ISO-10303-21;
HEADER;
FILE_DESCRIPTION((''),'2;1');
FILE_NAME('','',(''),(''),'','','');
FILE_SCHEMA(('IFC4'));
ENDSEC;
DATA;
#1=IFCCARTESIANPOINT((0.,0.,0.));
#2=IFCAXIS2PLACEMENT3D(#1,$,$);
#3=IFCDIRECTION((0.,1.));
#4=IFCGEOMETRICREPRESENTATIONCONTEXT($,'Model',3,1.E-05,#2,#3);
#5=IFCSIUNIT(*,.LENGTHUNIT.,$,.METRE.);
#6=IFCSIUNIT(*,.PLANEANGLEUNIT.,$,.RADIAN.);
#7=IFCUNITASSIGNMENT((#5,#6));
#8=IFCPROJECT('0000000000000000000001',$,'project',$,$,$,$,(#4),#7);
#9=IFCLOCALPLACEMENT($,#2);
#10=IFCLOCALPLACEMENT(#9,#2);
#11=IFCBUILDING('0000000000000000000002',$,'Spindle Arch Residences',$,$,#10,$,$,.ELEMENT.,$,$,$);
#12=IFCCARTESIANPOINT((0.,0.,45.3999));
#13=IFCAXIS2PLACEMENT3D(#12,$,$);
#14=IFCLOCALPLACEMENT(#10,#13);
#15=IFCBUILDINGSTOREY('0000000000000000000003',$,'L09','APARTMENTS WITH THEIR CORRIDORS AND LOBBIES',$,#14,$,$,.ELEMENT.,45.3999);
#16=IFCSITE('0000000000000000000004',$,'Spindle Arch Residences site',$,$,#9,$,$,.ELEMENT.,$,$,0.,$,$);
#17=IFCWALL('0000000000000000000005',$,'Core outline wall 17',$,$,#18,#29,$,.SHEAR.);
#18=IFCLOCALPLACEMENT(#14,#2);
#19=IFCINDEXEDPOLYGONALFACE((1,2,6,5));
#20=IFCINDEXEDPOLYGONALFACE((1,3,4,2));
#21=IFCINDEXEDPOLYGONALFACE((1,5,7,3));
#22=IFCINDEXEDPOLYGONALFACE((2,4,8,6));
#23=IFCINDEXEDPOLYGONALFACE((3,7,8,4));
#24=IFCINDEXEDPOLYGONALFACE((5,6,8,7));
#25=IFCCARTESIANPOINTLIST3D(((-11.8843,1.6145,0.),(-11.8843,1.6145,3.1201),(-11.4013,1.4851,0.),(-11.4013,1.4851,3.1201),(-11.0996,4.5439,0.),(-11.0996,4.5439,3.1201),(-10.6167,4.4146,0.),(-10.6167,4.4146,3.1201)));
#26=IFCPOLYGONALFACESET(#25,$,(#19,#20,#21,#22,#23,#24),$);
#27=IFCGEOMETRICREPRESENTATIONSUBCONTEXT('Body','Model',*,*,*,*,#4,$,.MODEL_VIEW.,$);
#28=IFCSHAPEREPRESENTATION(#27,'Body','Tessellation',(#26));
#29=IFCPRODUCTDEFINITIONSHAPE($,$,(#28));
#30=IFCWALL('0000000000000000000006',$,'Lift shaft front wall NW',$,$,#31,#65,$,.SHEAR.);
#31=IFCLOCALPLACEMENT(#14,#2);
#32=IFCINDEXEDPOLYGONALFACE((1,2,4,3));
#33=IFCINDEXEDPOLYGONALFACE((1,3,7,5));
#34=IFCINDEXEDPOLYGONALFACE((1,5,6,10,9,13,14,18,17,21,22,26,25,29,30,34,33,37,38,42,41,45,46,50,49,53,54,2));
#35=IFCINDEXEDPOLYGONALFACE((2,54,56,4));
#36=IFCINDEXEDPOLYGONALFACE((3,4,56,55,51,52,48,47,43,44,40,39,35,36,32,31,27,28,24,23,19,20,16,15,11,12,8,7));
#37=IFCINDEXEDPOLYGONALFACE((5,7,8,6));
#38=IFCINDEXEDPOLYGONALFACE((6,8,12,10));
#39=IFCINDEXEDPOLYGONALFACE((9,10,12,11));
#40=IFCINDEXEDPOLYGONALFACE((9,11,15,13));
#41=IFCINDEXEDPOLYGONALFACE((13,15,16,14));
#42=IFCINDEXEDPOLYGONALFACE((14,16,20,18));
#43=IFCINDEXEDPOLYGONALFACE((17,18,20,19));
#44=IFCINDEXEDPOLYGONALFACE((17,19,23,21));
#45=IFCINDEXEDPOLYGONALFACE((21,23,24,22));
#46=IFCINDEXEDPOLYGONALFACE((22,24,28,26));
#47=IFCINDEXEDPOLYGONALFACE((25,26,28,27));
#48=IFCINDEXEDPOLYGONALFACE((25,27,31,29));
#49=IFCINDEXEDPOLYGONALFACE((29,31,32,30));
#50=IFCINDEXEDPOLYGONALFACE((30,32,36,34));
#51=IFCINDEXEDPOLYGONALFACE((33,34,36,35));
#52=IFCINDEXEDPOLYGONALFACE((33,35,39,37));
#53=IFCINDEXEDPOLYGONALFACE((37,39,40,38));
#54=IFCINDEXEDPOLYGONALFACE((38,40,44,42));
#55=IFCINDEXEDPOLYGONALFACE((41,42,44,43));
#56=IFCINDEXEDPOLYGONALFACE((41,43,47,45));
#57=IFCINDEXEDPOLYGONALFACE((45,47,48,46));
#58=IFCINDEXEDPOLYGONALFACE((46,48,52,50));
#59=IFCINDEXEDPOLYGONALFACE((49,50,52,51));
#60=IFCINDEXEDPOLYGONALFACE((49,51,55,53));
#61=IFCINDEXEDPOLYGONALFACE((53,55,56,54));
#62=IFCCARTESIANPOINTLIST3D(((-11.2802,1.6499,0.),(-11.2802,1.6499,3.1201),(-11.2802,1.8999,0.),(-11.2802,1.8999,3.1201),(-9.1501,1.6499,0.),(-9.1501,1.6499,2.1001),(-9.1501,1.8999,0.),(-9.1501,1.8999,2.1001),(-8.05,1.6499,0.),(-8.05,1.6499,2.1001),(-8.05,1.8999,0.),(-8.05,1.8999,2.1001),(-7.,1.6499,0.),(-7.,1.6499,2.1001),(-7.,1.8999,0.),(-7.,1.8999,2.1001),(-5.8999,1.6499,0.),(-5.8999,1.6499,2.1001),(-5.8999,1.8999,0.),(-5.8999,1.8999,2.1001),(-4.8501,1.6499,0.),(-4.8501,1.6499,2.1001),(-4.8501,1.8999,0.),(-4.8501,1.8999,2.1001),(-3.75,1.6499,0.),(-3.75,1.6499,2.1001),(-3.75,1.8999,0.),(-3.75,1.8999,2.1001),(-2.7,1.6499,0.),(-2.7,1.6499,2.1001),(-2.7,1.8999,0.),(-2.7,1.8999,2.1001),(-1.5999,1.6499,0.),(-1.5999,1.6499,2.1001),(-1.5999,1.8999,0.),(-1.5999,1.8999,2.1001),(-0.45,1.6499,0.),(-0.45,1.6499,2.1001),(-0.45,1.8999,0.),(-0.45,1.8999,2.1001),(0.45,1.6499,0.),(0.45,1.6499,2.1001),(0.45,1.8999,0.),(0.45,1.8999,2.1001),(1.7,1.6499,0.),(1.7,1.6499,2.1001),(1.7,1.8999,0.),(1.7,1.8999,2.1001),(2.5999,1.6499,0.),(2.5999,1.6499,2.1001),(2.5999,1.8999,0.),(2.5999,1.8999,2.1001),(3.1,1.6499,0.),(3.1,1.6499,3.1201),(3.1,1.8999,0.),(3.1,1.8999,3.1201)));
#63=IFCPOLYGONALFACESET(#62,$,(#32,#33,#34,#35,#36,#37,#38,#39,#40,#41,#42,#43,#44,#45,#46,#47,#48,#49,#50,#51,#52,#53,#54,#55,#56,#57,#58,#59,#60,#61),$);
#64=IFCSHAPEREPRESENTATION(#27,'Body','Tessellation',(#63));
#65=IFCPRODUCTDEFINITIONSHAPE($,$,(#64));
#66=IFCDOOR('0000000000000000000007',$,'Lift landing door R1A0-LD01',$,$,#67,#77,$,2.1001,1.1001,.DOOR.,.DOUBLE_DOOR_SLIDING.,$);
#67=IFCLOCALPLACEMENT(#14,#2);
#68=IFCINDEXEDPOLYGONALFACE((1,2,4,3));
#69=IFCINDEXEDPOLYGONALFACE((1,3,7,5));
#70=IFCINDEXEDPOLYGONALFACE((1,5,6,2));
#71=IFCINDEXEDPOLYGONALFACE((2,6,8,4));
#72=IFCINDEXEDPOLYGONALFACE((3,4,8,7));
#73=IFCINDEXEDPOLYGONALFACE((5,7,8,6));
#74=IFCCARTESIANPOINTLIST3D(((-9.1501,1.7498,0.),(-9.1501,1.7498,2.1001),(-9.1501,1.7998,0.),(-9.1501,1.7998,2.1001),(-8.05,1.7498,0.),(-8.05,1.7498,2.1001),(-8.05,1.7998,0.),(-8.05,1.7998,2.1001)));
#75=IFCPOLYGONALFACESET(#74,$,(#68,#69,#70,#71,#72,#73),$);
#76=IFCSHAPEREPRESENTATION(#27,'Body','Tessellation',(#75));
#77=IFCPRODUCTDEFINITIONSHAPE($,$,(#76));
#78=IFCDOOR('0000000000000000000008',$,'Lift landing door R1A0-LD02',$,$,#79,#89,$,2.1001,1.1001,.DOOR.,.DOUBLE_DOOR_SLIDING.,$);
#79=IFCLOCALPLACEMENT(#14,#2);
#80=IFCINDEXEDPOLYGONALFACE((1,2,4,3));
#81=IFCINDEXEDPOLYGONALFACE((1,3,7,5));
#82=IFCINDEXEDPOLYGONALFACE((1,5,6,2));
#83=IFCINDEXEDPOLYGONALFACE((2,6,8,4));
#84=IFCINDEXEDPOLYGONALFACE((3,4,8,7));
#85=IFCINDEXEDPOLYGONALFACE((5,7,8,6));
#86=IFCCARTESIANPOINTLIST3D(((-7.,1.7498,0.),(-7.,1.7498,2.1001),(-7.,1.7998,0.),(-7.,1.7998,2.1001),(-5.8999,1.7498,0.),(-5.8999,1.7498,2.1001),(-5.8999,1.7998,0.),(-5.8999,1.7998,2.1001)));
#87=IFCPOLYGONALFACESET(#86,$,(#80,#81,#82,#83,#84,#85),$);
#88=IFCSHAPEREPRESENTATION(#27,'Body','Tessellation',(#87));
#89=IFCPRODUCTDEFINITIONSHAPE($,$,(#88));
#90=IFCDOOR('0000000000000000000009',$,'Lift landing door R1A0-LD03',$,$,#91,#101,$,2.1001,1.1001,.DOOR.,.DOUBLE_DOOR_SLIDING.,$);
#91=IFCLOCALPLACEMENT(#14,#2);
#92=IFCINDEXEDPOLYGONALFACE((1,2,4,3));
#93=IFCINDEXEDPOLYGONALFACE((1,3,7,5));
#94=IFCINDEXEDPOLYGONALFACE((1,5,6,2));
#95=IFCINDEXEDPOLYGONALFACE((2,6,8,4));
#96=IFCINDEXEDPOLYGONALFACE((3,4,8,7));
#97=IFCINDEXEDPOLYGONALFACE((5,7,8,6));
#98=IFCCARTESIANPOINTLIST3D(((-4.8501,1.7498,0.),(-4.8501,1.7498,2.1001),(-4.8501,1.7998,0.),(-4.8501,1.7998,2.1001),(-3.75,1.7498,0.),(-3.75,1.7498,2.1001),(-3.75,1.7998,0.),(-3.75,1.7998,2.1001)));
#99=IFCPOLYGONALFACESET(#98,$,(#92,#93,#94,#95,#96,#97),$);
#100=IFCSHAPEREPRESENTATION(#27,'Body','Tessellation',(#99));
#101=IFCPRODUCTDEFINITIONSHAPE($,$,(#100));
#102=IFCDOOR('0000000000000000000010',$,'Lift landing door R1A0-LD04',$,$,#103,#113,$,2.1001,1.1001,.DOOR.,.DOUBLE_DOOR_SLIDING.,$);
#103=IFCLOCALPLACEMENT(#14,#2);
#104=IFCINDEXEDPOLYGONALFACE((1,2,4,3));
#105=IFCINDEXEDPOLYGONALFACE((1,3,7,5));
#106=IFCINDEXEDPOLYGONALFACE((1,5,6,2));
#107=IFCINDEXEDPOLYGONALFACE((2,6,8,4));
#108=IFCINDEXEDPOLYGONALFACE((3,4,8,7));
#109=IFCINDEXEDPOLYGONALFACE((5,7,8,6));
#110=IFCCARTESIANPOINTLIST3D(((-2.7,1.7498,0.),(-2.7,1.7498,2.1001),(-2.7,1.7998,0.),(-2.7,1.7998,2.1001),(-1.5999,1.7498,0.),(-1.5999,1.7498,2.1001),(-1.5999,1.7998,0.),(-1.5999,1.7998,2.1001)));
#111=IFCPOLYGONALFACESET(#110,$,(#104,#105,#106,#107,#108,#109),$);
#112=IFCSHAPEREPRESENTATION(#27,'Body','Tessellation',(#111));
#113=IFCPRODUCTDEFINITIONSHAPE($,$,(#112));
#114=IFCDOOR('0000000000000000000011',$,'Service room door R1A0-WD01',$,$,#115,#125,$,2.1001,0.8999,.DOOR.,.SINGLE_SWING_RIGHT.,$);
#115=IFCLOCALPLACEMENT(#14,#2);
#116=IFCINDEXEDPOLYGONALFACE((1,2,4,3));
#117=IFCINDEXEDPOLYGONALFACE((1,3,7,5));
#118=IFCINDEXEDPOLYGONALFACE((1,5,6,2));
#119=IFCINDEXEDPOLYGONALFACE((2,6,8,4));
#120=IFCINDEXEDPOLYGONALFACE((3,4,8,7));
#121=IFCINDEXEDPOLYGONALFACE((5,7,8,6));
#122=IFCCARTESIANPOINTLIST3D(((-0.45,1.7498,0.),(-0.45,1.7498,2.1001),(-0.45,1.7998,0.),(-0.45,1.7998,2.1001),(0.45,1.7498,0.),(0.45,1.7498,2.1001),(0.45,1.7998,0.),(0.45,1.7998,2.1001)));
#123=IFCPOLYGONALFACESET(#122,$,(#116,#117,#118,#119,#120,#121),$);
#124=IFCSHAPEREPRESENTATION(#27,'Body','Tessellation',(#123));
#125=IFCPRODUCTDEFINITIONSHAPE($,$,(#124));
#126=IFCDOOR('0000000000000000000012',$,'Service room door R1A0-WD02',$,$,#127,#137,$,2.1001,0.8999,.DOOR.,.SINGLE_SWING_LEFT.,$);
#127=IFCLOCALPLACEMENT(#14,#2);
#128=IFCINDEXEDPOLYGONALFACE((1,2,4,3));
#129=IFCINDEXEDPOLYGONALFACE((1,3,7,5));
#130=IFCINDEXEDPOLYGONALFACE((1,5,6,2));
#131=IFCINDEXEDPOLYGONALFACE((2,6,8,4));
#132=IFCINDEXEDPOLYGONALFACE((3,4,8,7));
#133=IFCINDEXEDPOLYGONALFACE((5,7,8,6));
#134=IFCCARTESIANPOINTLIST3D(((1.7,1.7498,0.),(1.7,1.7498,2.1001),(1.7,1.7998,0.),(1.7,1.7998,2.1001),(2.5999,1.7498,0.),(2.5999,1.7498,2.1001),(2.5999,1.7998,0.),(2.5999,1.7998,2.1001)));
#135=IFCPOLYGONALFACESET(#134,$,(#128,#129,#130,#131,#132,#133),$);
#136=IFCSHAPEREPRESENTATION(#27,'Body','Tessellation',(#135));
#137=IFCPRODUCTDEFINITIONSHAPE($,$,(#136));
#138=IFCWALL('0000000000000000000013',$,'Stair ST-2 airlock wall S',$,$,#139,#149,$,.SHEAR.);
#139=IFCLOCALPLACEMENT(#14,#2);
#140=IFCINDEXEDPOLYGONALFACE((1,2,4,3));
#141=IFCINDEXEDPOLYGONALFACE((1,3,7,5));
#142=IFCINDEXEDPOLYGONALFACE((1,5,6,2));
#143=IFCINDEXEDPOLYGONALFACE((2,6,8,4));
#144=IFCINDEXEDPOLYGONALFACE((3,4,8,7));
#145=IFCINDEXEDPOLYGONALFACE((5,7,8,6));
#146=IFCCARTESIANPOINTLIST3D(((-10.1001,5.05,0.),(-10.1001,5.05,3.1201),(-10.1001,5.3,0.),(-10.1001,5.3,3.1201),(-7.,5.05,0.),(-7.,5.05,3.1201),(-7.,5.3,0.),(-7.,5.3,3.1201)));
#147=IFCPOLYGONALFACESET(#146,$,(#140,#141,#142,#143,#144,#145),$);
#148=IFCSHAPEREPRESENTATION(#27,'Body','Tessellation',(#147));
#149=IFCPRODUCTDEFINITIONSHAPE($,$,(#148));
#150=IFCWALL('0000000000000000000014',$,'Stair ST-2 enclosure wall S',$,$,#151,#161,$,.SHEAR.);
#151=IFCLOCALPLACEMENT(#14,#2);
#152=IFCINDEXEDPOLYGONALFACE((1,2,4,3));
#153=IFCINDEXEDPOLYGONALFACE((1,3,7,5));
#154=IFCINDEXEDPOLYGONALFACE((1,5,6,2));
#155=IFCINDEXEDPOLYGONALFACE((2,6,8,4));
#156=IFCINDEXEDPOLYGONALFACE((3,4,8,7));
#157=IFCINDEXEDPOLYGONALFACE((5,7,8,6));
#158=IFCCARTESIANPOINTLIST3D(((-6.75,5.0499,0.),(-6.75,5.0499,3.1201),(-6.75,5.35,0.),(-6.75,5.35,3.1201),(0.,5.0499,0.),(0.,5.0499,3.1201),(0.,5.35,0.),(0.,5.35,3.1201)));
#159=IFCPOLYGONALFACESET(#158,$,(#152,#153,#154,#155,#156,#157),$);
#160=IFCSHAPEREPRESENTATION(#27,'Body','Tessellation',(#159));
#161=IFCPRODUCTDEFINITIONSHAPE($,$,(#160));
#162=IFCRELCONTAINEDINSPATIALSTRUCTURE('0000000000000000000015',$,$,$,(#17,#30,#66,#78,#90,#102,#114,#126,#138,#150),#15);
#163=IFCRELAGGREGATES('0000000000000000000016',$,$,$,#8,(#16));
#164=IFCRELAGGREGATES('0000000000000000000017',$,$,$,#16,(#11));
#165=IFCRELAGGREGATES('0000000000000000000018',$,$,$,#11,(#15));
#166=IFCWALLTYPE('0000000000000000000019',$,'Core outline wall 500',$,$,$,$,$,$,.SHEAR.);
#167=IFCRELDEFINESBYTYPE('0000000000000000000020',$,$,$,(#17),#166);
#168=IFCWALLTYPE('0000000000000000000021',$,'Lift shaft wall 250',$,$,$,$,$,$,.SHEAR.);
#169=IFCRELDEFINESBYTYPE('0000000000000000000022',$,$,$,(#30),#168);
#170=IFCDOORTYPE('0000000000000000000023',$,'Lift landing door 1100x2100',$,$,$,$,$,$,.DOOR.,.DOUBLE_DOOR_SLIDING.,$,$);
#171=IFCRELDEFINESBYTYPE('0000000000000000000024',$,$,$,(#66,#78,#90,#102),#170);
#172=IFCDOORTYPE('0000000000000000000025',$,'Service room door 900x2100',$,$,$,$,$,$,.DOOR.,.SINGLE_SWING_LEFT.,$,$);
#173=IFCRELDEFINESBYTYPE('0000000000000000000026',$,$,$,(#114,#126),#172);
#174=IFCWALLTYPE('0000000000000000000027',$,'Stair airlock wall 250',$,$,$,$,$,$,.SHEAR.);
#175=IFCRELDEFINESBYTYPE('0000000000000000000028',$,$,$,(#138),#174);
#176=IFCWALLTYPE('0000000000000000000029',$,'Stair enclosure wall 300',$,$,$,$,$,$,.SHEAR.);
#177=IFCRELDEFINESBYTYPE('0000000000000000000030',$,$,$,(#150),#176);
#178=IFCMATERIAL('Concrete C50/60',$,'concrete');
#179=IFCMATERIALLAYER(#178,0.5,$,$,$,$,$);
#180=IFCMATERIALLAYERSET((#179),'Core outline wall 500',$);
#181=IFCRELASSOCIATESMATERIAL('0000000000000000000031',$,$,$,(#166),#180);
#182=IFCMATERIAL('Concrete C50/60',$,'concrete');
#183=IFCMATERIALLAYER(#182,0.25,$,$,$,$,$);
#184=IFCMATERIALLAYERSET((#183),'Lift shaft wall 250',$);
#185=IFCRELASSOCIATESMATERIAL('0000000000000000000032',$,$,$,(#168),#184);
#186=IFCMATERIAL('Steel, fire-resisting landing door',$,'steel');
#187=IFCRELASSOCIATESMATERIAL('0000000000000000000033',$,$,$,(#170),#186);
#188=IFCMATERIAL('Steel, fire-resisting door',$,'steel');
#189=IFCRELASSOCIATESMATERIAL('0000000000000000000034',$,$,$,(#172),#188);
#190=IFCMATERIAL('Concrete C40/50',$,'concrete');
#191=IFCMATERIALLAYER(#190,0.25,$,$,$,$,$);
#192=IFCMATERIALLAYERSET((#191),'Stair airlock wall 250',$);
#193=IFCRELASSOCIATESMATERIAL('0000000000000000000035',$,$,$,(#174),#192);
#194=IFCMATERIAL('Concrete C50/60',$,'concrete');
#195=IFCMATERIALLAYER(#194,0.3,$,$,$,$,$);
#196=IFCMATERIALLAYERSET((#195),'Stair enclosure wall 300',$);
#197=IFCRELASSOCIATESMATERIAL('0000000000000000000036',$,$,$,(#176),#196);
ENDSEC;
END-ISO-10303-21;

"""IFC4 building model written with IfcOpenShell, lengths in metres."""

from ifc_helpers import new_model, si_unit, direction, frame, frame_2d, origin, place, context, subcontext, project, spatial, rectangle, extrude, material, layer, layer_set, type_object, element, fill, save


model = new_model("IFC4")

# Units and contexts
model_context = context("Model", 3, precision=1e-05, world=origin(), true_north=direction((0.0, 1.0)))
body_context = subcontext(model_context, "Body", "Model", "MODEL_VIEW")
ifc_project = project(units=[si_unit("LENGTHUNIT", "METRE"), si_unit("PLANEANGLEUNIT", "RADIAN")], contexts=[model_context])

# Site, building, storey
site_placement = place(None, origin())
site = spatial("IfcSite", under=ifc_project, at=site_placement, Name="Spindle Arch Residences site", CompositionType="ELEMENT", RefElevation=0.0)
building_placement = place(site_placement, origin())
building = spatial("IfcBuilding", under=site, at=building_placement, Name="Spindle Arch Residences", CompositionType="ELEMENT")
storey_placement = place(building_placement, frame((0.0, 0.0, 45.3999)))
storey = spatial("IfcBuildingStorey", under=building, at=storey_placement, Name="L09", Description="APARTMENTS WITH THEIR CORRIDORS AND LOBBIES", CompositionType="ELEMENT", Elevation=45.3999)

# Wall
ifc_material_1 = material(Name="Concrete C50/60", Category="concrete")
ifc_layer_1 = layer(ifc_material_1, 0.5)
ifc_layer_set_1 = layer_set([ifc_layer_1], Name="Core outline wall 500")
wall_type_1 = type_object("IfcWallType", Name="Core outline wall 500", PredefinedType="SHEAR", material=ifc_layer_set_1)
wall_1_placement = place(storey_placement, frame((-10.8582, 4.4792, 0.0), z_axis=(0.0, 0.0, 1.0), x_axis=(-0.258735, -0.965948, 0.0)))
element("IfcWall", 1, at=wall_1_placement, inside=storey, type_object=wall_type_1, Name="Core outline wall 17", PredefinedType="SHEAR", context=body_context, shape_type="SweptSolid", body=[
    extrude(rectangle(XDim=3.0327, YDim=0.5, at=frame_2d((1.5164, 0.0))), origin(), (0.0, 0.0, 1.0), 3.1201),
])

# Wall, openings, doors
ifc_material_2 = material(Name="Concrete C50/60", Category="concrete")
ifc_layer_2 = layer(ifc_material_2, 0.25)
ifc_layer_set_2 = layer_set([ifc_layer_2], Name="Lift shaft wall 250")
wall_type_2 = type_object("IfcWallType", Name="Lift shaft wall 250", PredefinedType="SHEAR", material=ifc_layer_set_2)
wall_2_placement = place(storey_placement, frame((-11.28, 1.7749, 0.0), z_axis=(0.0, 0.0, 1.0), x_axis=(1.0, 0.0, 0.0)))
wall_2 = element("IfcWall", 2, at=wall_2_placement, inside=storey, type_object=wall_type_2, Name="Lift shaft front wall NW", PredefinedType="SHEAR", context=body_context, shape_type="SweptSolid", body=[
    extrude(rectangle(XDim=14.3801, YDim=0.25, at=frame_2d((7.1899, 0.0))), origin(), (0.0, 0.0, 1.0), 3.1201),
])
opening_1_placement = place(wall_2_placement, frame((2.1299, 0.0, 0.0)))
opening_1 = element("IfcOpeningElement", 3, at=opening_1_placement, cuts=wall_2, PredefinedType="OPENING", context=body_context, shape_type="SweptSolid", body=[
    extrude(rectangle(XDim=1.1001, YDim=2.1001, at=frame_2d((0.55, 1.05))), frame((0.0, 0.135, 0.0), z_axis=(0.0, -1.0, 0.0), x_axis=(1.0, 0.0, 0.0)), (0.0, 0.0, 1.0), 0.27),
])
opening_2_placement = place(wall_2_placement, frame((4.28, 0.0, 0.0)))
opening_2 = element("IfcOpeningElement", 4, at=opening_2_placement, cuts=wall_2, PredefinedType="OPENING", context=body_context, shape_type="SweptSolid", body=[
    extrude(rectangle(XDim=1.1001, YDim=2.1001, at=frame_2d((0.55, 1.05))), frame((0.0, 0.135, 0.0), z_axis=(0.0, -1.0, 0.0), x_axis=(1.0, 0.0, 0.0)), (0.0, 0.0, 1.0), 0.27),
])
opening_3_placement = place(wall_2_placement, frame((6.4299, 0.0, 0.0)))
opening_3 = element("IfcOpeningElement", 5, at=opening_3_placement, cuts=wall_2, PredefinedType="OPENING", context=body_context, shape_type="SweptSolid", body=[
    extrude(rectangle(XDim=1.1001, YDim=2.1001, at=frame_2d((0.55, 1.05))), frame((0.0, 0.135, 0.0), z_axis=(0.0, -1.0, 0.0), x_axis=(1.0, 0.0, 0.0)), (0.0, 0.0, 1.0), 0.27),
])
opening_4_placement = place(wall_2_placement, frame((8.5801, 0.0, 0.0)))
opening_4 = element("IfcOpeningElement", 6, at=opening_4_placement, cuts=wall_2, PredefinedType="OPENING", context=body_context, shape_type="SweptSolid", body=[
    extrude(rectangle(XDim=1.1001, YDim=2.1001, at=frame_2d((0.55, 1.05))), frame((0.0, 0.135, 0.0), z_axis=(0.0, -1.0, 0.0), x_axis=(1.0, 0.0, 0.0)), (0.0, 0.0, 1.0), 0.27),
])
opening_5_placement = place(wall_2_placement, frame((10.8301, 0.0, 0.0)))
opening_5 = element("IfcOpeningElement", 7, at=opening_5_placement, cuts=wall_2, PredefinedType="OPENING", context=body_context, shape_type="SweptSolid", body=[
    extrude(rectangle(XDim=0.8999, YDim=2.1001, at=frame_2d((0.45, 1.05))), frame((0.0, 0.135, 0.0), z_axis=(0.0, -1.0, 0.0), x_axis=(1.0, 0.0, 0.0)), (0.0, 0.0, 1.0), 0.27),
])
opening_6_placement = place(wall_2_placement, frame((12.98, 0.0, 0.0)))
opening_6 = element("IfcOpeningElement", 8, at=opening_6_placement, cuts=wall_2, PredefinedType="OPENING", context=body_context, shape_type="SweptSolid", body=[
    extrude(rectangle(XDim=0.8999, YDim=2.1001, at=frame_2d((0.45, 1.05))), frame((0.0, 0.135, 0.0), z_axis=(0.0, -1.0, 0.0), x_axis=(1.0, 0.0, 0.0)), (0.0, 0.0, 1.0), 0.27),
])
ifc_material_3 = material(Name="Steel, fire-resisting landing door", Category="steel")
door_type_1 = type_object("IfcDoorType", Name="Lift landing door 1100x2100", OperationType="DOUBLE_DOOR_SLIDING", PredefinedType="DOOR", material=ifc_material_3)
door_1_placement = place(opening_1_placement, origin())
door_1 = element("IfcDoor", 9, at=door_1_placement, inside=storey, type_object=door_type_1, Name="Lift landing door R1A0-LD01", OperationType="DOUBLE_DOOR_SLIDING", OverallHeight=2.1001, OverallWidth=1.1001, PredefinedType="DOOR", context=body_context, shape_type="SweptSolid", body=[
    extrude(rectangle(XDim=1.1001, YDim=2.1001, at=frame_2d((0.55, 1.05))), frame((0.0, 0.0249, 0.0), z_axis=(0.0, -1.0, 0.0), x_axis=(1.0, 0.0, 0.0)), (0.0, 0.0, 1.0), 0.05),
])
fill(opening_1, door_1)
door_2_placement = place(opening_2_placement, origin())
door_2 = element("IfcDoor", 10, at=door_2_placement, inside=storey, type_object=door_type_1, Name="Lift landing door R1A0-LD02", OperationType="DOUBLE_DOOR_SLIDING", OverallHeight=2.1001, OverallWidth=1.1001, PredefinedType="DOOR", context=body_context, shape_type="SweptSolid", body=[
    extrude(rectangle(XDim=1.1001, YDim=2.1001, at=frame_2d((0.55, 1.05))), frame((0.0, 0.0249, 0.0), z_axis=(0.0, -1.0, 0.0), x_axis=(1.0, 0.0, 0.0)), (0.0, 0.0, 1.0), 0.05),
])
fill(opening_2, door_2)
door_3_placement = place(opening_3_placement, origin())
door_3 = element("IfcDoor", 11, at=door_3_placement, inside=storey, type_object=door_type_1, Name="Lift landing door R1A0-LD03", OperationType="DOUBLE_DOOR_SLIDING", OverallHeight=2.1001, OverallWidth=1.1001, PredefinedType="DOOR", context=body_context, shape_type="SweptSolid", body=[
    extrude(rectangle(XDim=1.1001, YDim=2.1001, at=frame_2d((0.55, 1.05))), frame((0.0, 0.0249, 0.0), z_axis=(0.0, -1.0, 0.0), x_axis=(1.0, 0.0, 0.0)), (0.0, 0.0, 1.0), 0.05),
])
fill(opening_3, door_3)
door_4_placement = place(opening_4_placement, origin())
door_4 = element("IfcDoor", 12, at=door_4_placement, inside=storey, type_object=door_type_1, Name="Lift landing door R1A0-LD04", OperationType="DOUBLE_DOOR_SLIDING", OverallHeight=2.1001, OverallWidth=1.1001, PredefinedType="DOOR", context=body_context, shape_type="SweptSolid", body=[
    extrude(rectangle(XDim=1.1001, YDim=2.1001, at=frame_2d((0.55, 1.05))), frame((0.0, 0.0249, 0.0), z_axis=(0.0, -1.0, 0.0), x_axis=(1.0, 0.0, 0.0)), (0.0, 0.0, 1.0), 0.05),
])
fill(opening_4, door_4)
ifc_material_4 = material(Name="Steel, fire-resisting door", Category="steel")
door_type_2 = type_object("IfcDoorType", Name="Service room door 900x2100", OperationType="SINGLE_SWING_LEFT", PredefinedType="DOOR", material=ifc_material_4)
door_5_placement = place(opening_5_placement, origin())
door_5 = element("IfcDoor", 13, at=door_5_placement, inside=storey, type_object=door_type_2, Name="Service room door R1A0-WD01", OperationType="SINGLE_SWING_RIGHT", OverallHeight=2.1001, OverallWidth=0.8999, PredefinedType="DOOR", context=body_context, shape_type="SweptSolid", body=[
    extrude(rectangle(XDim=0.8999, YDim=2.1001, at=frame_2d((0.45, 1.05))), frame((0.0, 0.0249, 0.0), z_axis=(0.0, -1.0, 0.0), x_axis=(1.0, 0.0, 0.0)), (0.0, 0.0, 1.0), 0.05),
])
fill(opening_5, door_5)
door_6_placement = place(opening_6_placement, origin())
door_6 = element("IfcDoor", 14, at=door_6_placement, inside=storey, type_object=door_type_2, Name="Service room door R1A0-WD02", OperationType="SINGLE_SWING_LEFT", OverallHeight=2.1001, OverallWidth=0.8999, PredefinedType="DOOR", context=body_context, shape_type="SweptSolid", body=[
    extrude(rectangle(XDim=0.8999, YDim=2.1001, at=frame_2d((0.45, 1.05))), frame((0.0, 0.0249, 0.0), z_axis=(0.0, -1.0, 0.0), x_axis=(1.0, 0.0, 0.0)), (0.0, 0.0, 1.0), 0.05),
])
fill(opening_6, door_6)

# Walls
ifc_material_5 = material(Name="Concrete C40/50", Category="concrete")
ifc_layer_3 = layer(ifc_material_5, 0.25)
ifc_layer_set_3 = layer_set([ifc_layer_3], Name="Stair airlock wall 250")
wall_type_3 = type_object("IfcWallType", Name="Stair airlock wall 250", PredefinedType="SHEAR", material=ifc_layer_set_3)
wall_3_placement = place(storey_placement, frame((-7.0, 5.175, 0.0), z_axis=(0.0, 0.0, 1.0), x_axis=(-1.0, 0.0, 0.0)))
element("IfcWall", 15, at=wall_3_placement, inside=storey, type_object=wall_type_3, Name="Stair ST-2 airlock wall S", PredefinedType="SHEAR", context=body_context, shape_type="SweptSolid", body=[
    extrude(rectangle(XDim=3.1001, YDim=0.25, at=frame_2d((1.55, 0.0))), origin(), (0.0, 0.0, 1.0), 3.1201),
])
ifc_material_6 = material(Name="Concrete C50/60", Category="concrete")
ifc_layer_4 = layer(ifc_material_6, 0.3)
ifc_layer_set_4 = layer_set([ifc_layer_4], Name="Stair enclosure wall 300")
wall_type_4 = type_object("IfcWallType", Name="Stair enclosure wall 300", PredefinedType="SHEAR", material=ifc_layer_set_4)
wall_4_placement = place(storey_placement, frame((-6.75, 5.2, 0.0), z_axis=(0.0, 0.0, 1.0), x_axis=(1.0, 0.0, 0.0)))
element("IfcWall", 16, at=wall_4_placement, inside=storey, type_object=wall_type_4, Name="Stair ST-2 enclosure wall S", PredefinedType="SHEAR", context=body_context, shape_type="SweptSolid", body=[
    extrude(rectangle(XDim=6.75, YDim=0.3, at=frame_2d((3.375, 0.0))), origin(), (0.0, 0.0, 1.0), 3.1201),
])

save(model, "model.ifc")
